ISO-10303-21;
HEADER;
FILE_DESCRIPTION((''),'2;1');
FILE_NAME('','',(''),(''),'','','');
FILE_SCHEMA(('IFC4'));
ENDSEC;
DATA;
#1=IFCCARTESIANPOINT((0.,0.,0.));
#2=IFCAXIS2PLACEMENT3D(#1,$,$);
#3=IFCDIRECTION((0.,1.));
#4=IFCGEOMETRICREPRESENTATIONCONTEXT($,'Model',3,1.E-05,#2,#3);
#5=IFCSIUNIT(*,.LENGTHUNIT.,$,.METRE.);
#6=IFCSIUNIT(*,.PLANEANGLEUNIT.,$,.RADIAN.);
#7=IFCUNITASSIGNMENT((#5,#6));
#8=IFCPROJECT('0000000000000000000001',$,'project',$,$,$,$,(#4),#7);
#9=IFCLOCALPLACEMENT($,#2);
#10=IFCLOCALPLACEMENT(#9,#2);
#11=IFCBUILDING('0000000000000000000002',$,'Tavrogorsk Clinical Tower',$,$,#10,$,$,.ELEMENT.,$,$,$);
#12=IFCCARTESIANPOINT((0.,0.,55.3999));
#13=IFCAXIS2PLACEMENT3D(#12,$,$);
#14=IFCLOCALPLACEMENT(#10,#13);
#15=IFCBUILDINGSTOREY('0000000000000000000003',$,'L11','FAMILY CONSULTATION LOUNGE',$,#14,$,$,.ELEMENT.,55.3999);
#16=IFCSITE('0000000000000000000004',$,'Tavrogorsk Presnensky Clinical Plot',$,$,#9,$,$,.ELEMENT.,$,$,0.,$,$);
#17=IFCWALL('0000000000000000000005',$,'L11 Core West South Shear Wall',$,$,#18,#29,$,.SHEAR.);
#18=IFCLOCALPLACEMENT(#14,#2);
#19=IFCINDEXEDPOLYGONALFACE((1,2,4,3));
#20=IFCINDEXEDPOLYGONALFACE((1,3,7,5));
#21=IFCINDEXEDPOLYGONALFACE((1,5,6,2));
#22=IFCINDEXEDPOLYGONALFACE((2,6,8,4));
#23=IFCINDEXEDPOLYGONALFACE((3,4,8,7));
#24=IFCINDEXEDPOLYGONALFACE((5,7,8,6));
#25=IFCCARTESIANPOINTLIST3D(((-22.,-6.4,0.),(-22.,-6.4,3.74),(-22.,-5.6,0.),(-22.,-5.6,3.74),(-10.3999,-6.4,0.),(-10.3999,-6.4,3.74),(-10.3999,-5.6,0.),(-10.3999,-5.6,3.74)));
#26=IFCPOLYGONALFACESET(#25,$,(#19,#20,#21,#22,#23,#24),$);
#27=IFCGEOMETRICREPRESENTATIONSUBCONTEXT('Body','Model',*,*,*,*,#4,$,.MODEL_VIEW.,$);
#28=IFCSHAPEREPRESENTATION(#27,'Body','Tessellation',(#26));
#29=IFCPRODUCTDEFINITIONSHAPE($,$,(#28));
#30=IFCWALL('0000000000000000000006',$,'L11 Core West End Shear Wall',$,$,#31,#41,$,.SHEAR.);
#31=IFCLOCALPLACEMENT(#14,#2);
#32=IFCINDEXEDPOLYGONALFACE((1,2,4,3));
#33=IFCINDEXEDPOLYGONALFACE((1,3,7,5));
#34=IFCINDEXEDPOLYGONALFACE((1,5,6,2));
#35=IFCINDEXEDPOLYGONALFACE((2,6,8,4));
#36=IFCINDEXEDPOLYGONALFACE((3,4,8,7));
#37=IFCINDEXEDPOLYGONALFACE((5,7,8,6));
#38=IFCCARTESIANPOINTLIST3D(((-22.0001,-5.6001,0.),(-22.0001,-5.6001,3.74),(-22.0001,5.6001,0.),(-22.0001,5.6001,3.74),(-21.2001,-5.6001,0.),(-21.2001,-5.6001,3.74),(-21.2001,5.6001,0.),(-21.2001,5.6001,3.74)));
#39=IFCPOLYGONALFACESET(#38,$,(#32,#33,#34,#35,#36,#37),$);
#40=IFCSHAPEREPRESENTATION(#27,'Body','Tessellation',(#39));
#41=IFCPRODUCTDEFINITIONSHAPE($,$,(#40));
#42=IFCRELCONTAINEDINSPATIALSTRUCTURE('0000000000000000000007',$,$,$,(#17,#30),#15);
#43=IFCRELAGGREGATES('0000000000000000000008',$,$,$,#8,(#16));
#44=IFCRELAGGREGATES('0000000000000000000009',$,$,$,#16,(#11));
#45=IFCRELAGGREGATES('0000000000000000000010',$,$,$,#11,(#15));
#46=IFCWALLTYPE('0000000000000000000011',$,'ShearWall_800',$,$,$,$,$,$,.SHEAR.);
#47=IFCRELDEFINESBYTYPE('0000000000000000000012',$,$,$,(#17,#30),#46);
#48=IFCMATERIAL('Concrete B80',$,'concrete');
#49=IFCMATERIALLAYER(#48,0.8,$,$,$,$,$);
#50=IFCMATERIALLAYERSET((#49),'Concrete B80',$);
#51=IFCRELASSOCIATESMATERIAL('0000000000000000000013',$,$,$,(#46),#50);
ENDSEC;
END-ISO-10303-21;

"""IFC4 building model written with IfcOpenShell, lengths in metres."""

from ifc_helpers import new_model, si_unit, direction, frame, frame_2d, origin, place, context, subcontext, project, spatial, rectangle, extrude, material, layer, layer_set, type_object, element, save


model = new_model("IFC4")

# Units and contexts
model_context = context("Model", 3, precision=1e-05, world=origin(), true_north=direction((0.0, 1.0)))
body_context = subcontext(model_context, "Body", "Model", "MODEL_VIEW")
ifc_project = project(units=[si_unit("LENGTHUNIT", "METRE"), si_unit("PLANEANGLEUNIT", "RADIAN")], contexts=[model_context])

# Site, building, storey
site_placement = place(None, origin())
site = spatial("IfcSite", under=ifc_project, at=site_placement, Name="Tavrogorsk Presnensky Clinical Plot", CompositionType="ELEMENT", RefElevation=0.0)
building_placement = place(site_placement, origin())
building = spatial("IfcBuilding", under=site, at=building_placement, Name="Tavrogorsk Clinical Tower", CompositionType="ELEMENT")
storey_placement = place(building_placement, frame((0.0, 0.0, 55.3999)))
storey = spatial("IfcBuildingStorey", under=building, at=storey_placement, Name="L11", Description="FAMILY CONSULTATION LOUNGE", CompositionType="ELEMENT", Elevation=55.3999)

# Walls
ifc_material_1 = material(Name="Concrete B80", Category="concrete")
ifc_layer_1 = layer(ifc_material_1, 0.8)
ifc_layer_set_1 = layer_set([ifc_layer_1], Name="Concrete B80")
wall_type_1 = type_object("IfcWallType", Name="ShearWall_800", PredefinedType="SHEAR", material=ifc_layer_set_1)
wall_1_placement = place(storey_placement, frame((-22.0, -6.0, 0.0), z_axis=(0.0, 0.0, 1.0), x_axis=(1.0, 0.0, 0.0)))
element("IfcWall", 1, at=wall_1_placement, inside=storey, type_object=wall_type_1, Name="L11 Core West South Shear Wall", PredefinedType="SHEAR", context=body_context, shape_type="SweptSolid", body=[
    extrude(rectangle(XDim=11.6001, YDim=0.8, at=frame_2d((5.8, 0.0))), origin(), (0.0, 0.0, 1.0), 3.74),
])
wall_2_placement = place(storey_placement, frame((-21.6001, -5.6001, 0.0), z_axis=(0.0, 0.0, 1.0), x_axis=(0.0, 1.0, 0.0)))
element("IfcWall", 2, at=wall_2_placement, inside=storey, type_object=wall_type_1, Name="L11 Core West End Shear Wall", PredefinedType="SHEAR", context=body_context, shape_type="SweptSolid", body=[
    extrude(rectangle(XDim=11.2002, YDim=0.8, at=frame_2d((5.6001, 0.0))), origin(), (0.0, 0.0, 1.0), 3.74),
])

save(model, "model.ifc")
